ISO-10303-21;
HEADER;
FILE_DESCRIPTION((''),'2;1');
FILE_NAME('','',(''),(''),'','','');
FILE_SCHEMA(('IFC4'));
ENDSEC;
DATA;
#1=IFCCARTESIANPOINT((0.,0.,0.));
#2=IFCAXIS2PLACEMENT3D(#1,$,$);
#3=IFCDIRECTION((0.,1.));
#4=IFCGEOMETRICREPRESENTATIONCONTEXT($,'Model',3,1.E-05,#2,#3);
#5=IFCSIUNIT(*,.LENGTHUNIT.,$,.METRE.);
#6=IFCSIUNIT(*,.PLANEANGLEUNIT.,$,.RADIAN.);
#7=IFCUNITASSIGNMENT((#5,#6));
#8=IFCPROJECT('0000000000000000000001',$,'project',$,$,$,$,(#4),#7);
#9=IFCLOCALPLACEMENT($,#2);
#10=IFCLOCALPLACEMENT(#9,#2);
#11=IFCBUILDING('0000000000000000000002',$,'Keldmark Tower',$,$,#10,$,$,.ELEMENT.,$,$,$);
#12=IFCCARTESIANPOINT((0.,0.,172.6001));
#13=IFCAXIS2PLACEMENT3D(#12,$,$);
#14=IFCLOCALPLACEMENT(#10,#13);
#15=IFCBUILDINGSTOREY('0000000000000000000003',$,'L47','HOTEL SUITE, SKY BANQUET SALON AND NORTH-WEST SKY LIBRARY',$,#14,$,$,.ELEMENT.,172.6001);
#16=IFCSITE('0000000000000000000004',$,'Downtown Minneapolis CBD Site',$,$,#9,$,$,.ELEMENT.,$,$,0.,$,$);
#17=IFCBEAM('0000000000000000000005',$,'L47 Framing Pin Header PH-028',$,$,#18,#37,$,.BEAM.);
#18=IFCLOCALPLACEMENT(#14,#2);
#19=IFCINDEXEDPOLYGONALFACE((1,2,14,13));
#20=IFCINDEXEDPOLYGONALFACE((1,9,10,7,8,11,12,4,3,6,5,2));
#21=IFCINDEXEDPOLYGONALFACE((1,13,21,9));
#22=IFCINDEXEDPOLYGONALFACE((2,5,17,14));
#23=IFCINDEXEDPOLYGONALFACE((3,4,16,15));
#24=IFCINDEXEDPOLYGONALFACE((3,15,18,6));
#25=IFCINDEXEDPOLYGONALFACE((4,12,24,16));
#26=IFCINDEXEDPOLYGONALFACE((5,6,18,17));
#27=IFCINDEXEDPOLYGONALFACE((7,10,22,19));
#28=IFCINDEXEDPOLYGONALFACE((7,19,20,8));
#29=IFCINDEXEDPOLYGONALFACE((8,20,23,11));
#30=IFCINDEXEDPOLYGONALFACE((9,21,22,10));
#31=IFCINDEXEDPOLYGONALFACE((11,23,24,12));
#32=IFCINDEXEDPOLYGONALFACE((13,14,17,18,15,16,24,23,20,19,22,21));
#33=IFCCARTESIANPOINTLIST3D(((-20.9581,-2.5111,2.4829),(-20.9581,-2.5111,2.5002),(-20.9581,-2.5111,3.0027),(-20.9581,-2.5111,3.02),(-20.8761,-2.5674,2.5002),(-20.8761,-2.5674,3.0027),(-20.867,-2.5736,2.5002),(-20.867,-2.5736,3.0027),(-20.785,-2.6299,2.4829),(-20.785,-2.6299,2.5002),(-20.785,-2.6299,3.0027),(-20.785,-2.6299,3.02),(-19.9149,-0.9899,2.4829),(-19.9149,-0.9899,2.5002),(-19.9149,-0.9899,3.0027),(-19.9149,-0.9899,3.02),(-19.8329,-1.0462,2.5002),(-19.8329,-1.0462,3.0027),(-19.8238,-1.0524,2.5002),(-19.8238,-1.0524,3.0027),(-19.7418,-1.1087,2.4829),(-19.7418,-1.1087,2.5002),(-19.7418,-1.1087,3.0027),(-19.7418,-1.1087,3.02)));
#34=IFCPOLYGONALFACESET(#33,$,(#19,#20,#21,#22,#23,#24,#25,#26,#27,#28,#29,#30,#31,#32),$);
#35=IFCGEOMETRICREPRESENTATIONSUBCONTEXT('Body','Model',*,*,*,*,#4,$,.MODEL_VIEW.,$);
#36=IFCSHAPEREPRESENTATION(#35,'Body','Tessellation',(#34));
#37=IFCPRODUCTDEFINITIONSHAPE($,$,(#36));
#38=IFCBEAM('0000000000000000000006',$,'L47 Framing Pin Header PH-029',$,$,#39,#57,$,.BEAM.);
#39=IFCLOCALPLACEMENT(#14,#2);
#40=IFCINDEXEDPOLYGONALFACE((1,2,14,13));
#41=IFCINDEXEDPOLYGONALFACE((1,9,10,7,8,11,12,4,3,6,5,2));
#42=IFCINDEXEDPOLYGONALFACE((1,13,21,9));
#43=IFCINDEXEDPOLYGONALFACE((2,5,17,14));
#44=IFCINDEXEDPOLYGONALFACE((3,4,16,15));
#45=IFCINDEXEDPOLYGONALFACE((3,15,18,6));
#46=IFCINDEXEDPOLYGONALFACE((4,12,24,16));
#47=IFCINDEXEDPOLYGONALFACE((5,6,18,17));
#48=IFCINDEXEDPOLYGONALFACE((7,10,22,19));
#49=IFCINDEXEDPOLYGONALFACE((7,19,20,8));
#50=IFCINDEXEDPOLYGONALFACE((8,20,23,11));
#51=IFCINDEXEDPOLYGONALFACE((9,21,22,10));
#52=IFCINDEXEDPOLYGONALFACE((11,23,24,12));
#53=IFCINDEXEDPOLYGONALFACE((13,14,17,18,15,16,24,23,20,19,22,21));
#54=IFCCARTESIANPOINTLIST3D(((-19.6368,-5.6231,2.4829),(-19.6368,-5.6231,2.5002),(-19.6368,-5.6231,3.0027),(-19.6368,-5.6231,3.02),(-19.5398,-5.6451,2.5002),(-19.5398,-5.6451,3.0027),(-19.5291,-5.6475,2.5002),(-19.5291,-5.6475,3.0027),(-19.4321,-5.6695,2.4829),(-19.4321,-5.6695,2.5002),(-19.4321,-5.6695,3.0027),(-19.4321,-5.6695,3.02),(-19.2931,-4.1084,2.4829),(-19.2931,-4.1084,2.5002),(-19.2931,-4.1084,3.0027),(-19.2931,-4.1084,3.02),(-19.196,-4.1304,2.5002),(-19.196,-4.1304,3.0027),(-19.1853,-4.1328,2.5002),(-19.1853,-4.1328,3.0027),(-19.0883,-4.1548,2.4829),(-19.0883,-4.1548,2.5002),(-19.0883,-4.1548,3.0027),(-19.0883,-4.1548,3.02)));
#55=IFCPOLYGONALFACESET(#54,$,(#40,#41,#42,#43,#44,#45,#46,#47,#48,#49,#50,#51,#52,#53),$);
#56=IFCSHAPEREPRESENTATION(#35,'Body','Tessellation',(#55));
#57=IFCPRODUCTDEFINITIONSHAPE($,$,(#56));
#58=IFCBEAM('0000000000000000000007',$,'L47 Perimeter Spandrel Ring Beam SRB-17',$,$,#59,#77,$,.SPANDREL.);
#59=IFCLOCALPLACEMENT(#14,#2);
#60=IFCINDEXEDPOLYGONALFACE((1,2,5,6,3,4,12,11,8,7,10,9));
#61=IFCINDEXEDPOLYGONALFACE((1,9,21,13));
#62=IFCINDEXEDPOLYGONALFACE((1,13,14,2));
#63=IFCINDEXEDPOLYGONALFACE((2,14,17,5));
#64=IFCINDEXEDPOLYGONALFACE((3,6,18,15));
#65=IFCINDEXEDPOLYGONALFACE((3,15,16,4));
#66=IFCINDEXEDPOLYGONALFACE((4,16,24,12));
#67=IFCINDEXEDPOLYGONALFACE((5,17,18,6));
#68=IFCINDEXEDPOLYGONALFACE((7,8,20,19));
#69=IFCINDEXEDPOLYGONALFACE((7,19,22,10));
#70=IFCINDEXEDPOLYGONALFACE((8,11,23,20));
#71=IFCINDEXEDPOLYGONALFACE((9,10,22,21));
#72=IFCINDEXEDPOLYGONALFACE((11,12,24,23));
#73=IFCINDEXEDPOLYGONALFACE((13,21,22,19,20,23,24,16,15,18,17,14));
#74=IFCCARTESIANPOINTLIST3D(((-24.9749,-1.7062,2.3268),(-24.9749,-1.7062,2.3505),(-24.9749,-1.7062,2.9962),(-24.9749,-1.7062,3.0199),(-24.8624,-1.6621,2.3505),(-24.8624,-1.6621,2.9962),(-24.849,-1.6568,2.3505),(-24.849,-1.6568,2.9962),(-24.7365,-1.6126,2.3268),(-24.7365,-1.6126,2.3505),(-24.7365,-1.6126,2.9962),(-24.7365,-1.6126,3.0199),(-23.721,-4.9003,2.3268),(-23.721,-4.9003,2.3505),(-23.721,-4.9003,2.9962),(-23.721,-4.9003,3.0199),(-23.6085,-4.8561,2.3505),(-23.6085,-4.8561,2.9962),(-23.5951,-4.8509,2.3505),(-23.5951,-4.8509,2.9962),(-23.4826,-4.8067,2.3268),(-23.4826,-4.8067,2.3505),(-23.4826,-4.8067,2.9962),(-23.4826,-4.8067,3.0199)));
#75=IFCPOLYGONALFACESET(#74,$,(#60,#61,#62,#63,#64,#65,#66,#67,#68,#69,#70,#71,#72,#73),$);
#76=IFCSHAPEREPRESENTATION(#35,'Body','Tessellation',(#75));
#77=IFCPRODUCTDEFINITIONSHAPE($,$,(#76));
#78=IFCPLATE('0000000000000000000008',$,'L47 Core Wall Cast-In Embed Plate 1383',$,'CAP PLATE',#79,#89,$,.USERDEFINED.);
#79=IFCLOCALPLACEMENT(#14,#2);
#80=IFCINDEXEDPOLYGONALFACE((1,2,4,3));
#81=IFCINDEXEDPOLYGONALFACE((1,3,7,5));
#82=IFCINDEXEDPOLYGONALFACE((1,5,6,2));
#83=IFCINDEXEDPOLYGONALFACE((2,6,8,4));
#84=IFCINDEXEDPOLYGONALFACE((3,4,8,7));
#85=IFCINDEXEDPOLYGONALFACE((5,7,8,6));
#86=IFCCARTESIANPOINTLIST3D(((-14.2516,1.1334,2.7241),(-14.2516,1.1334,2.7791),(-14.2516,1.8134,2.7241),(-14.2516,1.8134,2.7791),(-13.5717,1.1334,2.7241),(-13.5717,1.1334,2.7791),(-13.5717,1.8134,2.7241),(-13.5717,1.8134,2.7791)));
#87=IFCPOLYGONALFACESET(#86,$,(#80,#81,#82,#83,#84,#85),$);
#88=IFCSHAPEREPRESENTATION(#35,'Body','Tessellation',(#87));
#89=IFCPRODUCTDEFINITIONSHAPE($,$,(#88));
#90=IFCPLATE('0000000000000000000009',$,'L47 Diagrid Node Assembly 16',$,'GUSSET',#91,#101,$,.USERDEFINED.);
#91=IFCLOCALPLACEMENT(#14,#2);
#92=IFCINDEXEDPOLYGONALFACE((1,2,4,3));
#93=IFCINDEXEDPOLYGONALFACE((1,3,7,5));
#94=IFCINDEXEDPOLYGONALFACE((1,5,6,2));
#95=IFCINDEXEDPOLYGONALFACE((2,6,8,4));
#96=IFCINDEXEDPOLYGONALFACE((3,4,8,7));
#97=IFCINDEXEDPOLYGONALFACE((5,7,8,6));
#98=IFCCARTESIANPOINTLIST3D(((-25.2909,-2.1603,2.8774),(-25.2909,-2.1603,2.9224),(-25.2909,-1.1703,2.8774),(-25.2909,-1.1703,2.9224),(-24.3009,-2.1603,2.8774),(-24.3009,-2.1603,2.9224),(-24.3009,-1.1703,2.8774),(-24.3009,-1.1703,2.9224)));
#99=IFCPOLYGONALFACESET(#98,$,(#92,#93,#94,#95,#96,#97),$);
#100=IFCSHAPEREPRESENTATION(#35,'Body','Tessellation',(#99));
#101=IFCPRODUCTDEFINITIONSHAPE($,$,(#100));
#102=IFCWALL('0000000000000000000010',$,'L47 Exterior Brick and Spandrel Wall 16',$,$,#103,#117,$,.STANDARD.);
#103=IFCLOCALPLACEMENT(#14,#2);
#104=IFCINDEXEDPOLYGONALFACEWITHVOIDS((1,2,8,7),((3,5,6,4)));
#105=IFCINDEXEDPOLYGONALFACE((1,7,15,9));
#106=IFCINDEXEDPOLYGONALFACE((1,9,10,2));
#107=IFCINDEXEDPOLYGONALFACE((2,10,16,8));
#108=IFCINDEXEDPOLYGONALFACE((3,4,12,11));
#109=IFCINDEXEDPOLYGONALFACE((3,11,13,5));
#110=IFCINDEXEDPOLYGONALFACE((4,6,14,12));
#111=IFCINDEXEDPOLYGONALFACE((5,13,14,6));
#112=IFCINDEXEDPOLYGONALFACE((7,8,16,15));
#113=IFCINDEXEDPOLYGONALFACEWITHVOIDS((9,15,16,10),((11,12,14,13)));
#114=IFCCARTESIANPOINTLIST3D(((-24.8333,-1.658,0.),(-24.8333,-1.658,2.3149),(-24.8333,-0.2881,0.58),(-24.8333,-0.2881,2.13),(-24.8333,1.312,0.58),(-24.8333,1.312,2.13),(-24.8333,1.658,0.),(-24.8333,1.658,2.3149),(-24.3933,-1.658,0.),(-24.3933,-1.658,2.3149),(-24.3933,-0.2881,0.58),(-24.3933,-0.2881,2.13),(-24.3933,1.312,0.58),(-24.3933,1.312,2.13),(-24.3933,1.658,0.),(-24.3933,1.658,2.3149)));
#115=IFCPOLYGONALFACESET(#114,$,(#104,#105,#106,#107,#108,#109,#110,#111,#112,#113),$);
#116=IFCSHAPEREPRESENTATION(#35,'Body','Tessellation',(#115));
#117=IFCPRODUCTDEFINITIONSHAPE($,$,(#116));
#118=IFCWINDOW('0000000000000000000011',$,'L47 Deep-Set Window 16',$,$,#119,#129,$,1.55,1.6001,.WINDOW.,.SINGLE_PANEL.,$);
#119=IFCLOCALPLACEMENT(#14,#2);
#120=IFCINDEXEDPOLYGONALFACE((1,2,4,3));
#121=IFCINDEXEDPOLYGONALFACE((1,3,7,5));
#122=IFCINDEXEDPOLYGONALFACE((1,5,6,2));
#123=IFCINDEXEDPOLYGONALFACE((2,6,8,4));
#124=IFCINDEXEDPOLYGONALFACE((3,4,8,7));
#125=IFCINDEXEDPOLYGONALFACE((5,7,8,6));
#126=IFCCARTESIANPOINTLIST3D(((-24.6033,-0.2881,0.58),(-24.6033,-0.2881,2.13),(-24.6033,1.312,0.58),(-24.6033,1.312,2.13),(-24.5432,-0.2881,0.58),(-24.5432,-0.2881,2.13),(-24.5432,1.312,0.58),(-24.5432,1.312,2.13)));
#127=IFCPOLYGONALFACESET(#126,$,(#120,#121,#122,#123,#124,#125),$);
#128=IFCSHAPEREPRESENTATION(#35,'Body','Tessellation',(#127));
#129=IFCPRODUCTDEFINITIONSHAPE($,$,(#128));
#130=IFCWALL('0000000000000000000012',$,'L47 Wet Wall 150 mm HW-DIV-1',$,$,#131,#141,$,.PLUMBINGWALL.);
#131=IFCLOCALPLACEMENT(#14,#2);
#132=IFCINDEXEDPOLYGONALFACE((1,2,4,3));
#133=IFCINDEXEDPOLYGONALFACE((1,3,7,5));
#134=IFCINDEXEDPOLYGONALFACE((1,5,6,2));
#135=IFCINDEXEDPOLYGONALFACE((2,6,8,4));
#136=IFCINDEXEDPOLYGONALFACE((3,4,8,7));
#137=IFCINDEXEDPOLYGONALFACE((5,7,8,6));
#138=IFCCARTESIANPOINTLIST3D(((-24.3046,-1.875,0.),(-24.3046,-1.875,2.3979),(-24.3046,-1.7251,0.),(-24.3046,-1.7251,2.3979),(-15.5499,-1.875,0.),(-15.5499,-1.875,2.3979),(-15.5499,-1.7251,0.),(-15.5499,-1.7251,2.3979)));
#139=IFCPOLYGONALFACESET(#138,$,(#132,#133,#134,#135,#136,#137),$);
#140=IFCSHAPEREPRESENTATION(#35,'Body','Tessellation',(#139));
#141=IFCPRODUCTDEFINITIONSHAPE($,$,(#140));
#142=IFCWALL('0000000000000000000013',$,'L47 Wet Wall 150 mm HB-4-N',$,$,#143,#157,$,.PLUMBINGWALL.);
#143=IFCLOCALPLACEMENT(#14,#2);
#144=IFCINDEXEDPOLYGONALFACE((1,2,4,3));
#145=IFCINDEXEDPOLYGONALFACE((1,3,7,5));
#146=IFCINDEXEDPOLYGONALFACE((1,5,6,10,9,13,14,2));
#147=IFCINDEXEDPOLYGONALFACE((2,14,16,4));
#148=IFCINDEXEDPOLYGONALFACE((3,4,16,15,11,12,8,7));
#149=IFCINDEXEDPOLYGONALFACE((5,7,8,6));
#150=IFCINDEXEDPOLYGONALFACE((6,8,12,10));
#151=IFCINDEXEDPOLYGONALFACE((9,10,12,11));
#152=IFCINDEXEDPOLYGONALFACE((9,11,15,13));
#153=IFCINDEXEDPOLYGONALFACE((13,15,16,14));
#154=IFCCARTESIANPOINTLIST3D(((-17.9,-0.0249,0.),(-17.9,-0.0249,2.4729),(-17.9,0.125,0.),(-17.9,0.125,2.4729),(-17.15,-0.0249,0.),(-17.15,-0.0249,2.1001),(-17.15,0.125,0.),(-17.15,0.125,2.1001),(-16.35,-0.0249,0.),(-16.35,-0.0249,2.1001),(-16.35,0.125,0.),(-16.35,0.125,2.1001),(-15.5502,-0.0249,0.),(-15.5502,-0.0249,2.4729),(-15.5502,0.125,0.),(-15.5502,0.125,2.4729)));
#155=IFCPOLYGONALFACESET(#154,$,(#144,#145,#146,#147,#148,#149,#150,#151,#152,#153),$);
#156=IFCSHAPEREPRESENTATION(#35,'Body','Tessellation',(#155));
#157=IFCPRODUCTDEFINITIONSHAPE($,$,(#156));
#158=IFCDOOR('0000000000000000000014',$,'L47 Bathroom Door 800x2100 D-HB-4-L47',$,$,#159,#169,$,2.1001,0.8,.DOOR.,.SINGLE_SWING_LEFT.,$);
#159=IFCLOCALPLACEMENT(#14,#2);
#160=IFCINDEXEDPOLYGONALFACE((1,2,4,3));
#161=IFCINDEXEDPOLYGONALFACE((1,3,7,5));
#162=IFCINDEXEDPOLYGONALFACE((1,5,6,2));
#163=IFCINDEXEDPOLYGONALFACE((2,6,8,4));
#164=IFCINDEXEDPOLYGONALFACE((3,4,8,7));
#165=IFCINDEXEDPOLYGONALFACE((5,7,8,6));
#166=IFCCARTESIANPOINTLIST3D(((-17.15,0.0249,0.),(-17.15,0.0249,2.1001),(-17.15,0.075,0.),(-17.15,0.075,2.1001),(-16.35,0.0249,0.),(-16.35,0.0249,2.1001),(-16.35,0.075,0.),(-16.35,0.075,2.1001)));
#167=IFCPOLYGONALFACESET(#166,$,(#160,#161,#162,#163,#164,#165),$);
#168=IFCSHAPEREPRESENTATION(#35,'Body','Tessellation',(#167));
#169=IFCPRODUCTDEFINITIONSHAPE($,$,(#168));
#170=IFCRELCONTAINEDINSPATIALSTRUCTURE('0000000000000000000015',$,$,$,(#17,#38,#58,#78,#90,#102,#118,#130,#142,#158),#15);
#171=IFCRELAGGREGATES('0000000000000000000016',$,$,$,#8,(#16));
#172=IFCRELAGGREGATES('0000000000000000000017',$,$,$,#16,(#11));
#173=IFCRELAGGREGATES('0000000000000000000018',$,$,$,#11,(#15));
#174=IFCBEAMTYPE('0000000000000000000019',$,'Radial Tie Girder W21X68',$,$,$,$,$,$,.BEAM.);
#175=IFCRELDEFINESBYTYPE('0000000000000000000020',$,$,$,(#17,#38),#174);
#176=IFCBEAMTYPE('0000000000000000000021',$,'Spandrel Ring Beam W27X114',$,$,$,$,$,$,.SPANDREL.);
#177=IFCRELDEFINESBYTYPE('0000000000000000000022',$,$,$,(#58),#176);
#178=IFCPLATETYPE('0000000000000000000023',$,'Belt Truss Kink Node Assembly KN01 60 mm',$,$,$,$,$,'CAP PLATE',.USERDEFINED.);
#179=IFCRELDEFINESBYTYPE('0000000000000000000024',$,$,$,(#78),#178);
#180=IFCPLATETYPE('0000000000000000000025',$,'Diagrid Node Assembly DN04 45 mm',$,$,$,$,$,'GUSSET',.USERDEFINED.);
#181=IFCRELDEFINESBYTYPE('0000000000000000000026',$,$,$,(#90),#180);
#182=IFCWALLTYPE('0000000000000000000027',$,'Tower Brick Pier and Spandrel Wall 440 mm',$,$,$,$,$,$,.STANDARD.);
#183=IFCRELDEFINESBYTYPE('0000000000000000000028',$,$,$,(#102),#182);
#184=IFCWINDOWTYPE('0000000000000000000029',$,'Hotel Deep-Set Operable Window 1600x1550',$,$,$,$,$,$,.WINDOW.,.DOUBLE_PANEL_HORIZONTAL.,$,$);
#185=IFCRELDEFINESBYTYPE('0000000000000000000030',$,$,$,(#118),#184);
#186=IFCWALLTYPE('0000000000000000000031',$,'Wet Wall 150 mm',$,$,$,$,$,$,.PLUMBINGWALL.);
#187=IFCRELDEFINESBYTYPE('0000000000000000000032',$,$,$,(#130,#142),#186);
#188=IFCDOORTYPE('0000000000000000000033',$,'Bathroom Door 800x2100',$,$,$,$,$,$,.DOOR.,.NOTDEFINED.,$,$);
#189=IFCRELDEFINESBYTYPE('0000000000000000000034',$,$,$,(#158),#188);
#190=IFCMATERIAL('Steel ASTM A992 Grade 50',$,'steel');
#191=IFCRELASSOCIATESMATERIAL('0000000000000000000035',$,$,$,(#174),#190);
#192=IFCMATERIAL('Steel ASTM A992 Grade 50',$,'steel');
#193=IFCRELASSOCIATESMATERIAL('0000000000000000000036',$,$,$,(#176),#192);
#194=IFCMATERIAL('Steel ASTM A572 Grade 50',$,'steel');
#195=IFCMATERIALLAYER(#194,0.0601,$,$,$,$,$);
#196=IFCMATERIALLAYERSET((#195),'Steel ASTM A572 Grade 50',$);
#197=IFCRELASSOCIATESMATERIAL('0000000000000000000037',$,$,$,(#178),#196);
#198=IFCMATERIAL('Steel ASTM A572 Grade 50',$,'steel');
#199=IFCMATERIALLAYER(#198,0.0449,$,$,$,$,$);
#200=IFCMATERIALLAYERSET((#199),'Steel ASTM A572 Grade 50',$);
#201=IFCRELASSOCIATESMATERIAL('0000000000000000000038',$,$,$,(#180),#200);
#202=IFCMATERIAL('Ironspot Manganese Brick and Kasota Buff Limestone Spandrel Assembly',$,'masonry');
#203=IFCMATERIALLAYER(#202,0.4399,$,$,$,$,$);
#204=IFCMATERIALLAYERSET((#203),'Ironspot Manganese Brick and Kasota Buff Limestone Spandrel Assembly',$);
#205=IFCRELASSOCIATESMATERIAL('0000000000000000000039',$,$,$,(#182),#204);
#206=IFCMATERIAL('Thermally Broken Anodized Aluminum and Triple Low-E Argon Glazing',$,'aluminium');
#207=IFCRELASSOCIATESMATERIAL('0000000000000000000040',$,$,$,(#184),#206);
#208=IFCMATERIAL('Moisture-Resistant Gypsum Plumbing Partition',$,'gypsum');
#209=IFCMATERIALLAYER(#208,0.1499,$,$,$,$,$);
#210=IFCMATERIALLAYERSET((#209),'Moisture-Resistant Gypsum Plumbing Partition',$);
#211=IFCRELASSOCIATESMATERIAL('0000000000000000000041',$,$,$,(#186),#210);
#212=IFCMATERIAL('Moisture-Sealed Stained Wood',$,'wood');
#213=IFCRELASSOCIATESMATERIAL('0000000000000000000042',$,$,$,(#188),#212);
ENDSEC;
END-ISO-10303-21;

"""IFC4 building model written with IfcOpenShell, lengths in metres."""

from ifc_helpers import new_model, si_unit, direction, frame, frame_2d, origin, origin_2d, place, context, subcontext, project, spatial, rectangle, i_section, extrude, material, layer, layer_set, material_profile, profile_set, type_object, element, fill, save


model = new_model("IFC4")

# Units and contexts
model_context = context("Model", 3, precision=1e-05, world=origin(), true_north=direction((0.0, 1.0)))
body_context = subcontext(model_context, "Body", "Model", "MODEL_VIEW")
ifc_project = project(units=[si_unit("LENGTHUNIT", "METRE"), si_unit("PLANEANGLEUNIT", "RADIAN")], contexts=[model_context])

# Site, building, storey
site_placement = place(None, origin())
site = spatial("IfcSite", under=ifc_project, at=site_placement, Name="Downtown Minneapolis CBD Site", CompositionType="ELEMENT", RefElevation=0.0)
building_placement = place(site_placement, origin())
building = spatial("IfcBuilding", under=site, at=building_placement, Name="Keldmark Tower", CompositionType="ELEMENT")
storey_placement = place(building_placement, frame((0.0, 0.0, 172.6001)))
storey = spatial("IfcBuildingStorey", under=building, at=storey_placement, Name="L47", Description="HOTEL SUITE, SKY BANQUET SALON AND NORTH-WEST SKY LIBRARY", CompositionType="ELEMENT", Elevation=172.6001)

# Beams
ifc_material_1 = material(Name="Steel ASTM A992 Grade 50", Category="steel")
ifc_material_profile_1 = material_profile(ifc_material_1, i_section(OverallWidth=0.21, OverallDepth=0.5371, WebThickness=0.011, FlangeThickness=0.0173, at=origin_2d()), Name="W21X68")
ifc_profile_set_1 = profile_set([ifc_material_profile_1], Name="Steel ASTM A992 Grade 50")
beam_type_1 = type_object("IfcBeamType", Name="Radial Tie Girder W21X68", PredefinedType="BEAM", material=ifc_profile_set_1)
beam_1_placement = place(storey_placement, frame((-19.8284, -1.0493, 2.7515), z_axis=(-0.565557, -0.824709, 0.0), x_axis=(0.824709, -0.565557, 0.0)))
element("IfcBeam", 1, at=beam_1_placement, inside=storey, type_object=beam_type_1, Name="L47 Framing Pin Header PH-028", PredefinedType="BEAM", context=body_context, shape_type="SweptSolid", body=[
    extrude(i_section(OverallWidth=0.21, OverallDepth=0.5371, WebThickness=0.011, FlangeThickness=0.0173, at=origin_2d()), origin(), (0.0, 0.0, 1.0), 1.8445),
])
beam_2_placement = place(storey_placement, frame((-19.1907, -4.1316, 2.7515), z_axis=(-0.221322, -0.975201, 0.0), x_axis=(0.975201, -0.221322, 0.0)))
element("IfcBeam", 2, at=beam_2_placement, inside=storey, type_object=beam_type_1, Name="L47 Framing Pin Header PH-029", PredefinedType="BEAM", context=body_context, shape_type="SweptSolid", body=[
    extrude(i_section(OverallWidth=0.21, OverallDepth=0.5371, WebThickness=0.011, FlangeThickness=0.0173, at=origin_2d()), origin(), (0.0, 0.0, 1.0), 1.5532),
])
ifc_material_2 = material(Name="Steel ASTM A992 Grade 50", Category="steel")
ifc_material_profile_2 = material_profile(ifc_material_2, i_section(OverallWidth=0.2561, OverallDepth=0.6931, WebThickness=0.0144, FlangeThickness=0.0237, at=origin_2d()), Name="W27X114")
ifc_profile_set_2 = profile_set([ifc_material_profile_2], Name="Steel ASTM A992 Grade 50")
beam_type_2 = type_object("IfcBeamType", Name="Spandrel Ring Beam W27X114", PredefinedType="SPANDREL", material=ifc_profile_set_2)
beam_3_placement = place(storey_placement, frame((-24.8557, -1.6594, 2.6733), z_axis=(0.365421, -0.930842, 0.0), x_axis=(0.930842, 0.365421, 0.0)))
element("IfcBeam", 3, at=beam_3_placement, inside=storey, type_object=beam_type_2, Name="L47 Perimeter Spandrel Ring Beam SRB-17", PredefinedType="SPANDREL", context=body_context, shape_type="SweptSolid", body=[
    extrude(i_section(OverallWidth=0.2561, OverallDepth=0.6931, WebThickness=0.0144, FlangeThickness=0.0237, at=origin_2d()), origin(), (0.0, 0.0, 1.0), 3.4314),
])

# Plates
ifc_material_3 = material(Name="Steel ASTM A572 Grade 50", Category="steel")
ifc_layer_1 = layer(ifc_material_3, 0.0601)
ifc_layer_set_1 = layer_set([ifc_layer_1], Name="Steel ASTM A572 Grade 50")
plate_type_1 = type_object("IfcPlateType", Name="Belt Truss Kink Node Assembly KN01 60 mm", ElementType="CAP PLATE", PredefinedType="USERDEFINED", material=ifc_layer_set_1)
plate_1_placement = place(storey_placement, frame((-13.9116, 1.4734, 2.7241), z_axis=(0.0, 0.0, 1.0), x_axis=(1.0, 0.0, 0.0)))
element("IfcPlate", 4, at=plate_1_placement, inside=storey, type_object=plate_type_1, Name="L47 Core Wall Cast-In Embed Plate 1383", ObjectType="CAP PLATE", PredefinedType="USERDEFINED", context=body_context, shape_type="SweptSolid", body=[
    extrude(rectangle(XDim=0.6799, YDim=0.6799, at=origin_2d()), origin(), (0.0, 0.0, 1.0), 0.0549),
])
ifc_material_4 = material(Name="Steel ASTM A572 Grade 50", Category="steel")
ifc_layer_2 = layer(ifc_material_4, 0.0449)
ifc_layer_set_2 = layer_set([ifc_layer_2], Name="Steel ASTM A572 Grade 50")
plate_type_2 = type_object("IfcPlateType", Name="Diagrid Node Assembly DN04 45 mm", ElementType="GUSSET", PredefinedType="USERDEFINED", material=ifc_layer_set_2)
plate_2_placement = place(storey_placement, frame((-24.7959, -1.6653, 2.8774), z_axis=(0.0, 0.0, 1.0), x_axis=(0.0, -1.0, 0.0)))
element("IfcPlate", 5, at=plate_2_placement, inside=storey, type_object=plate_type_2, Name="L47 Diagrid Node Assembly 16", ObjectType="GUSSET", PredefinedType="USERDEFINED", context=body_context, shape_type="SweptSolid", body=[
    extrude(rectangle(XDim=0.99, YDim=0.99, at=origin_2d()), origin(), (0.0, 0.0, 1.0), 0.0449),
])

# Wall, opening, window
ifc_material_5 = material(Name="Ironspot Manganese Brick and Kasota Buff Limestone Spandrel Assembly", Category="masonry")
ifc_layer_3 = layer(ifc_material_5, 0.4399)
ifc_layer_set_3 = layer_set([ifc_layer_3], Name="Ironspot Manganese Brick and Kasota Buff Limestone Spandrel Assembly")
wall_type_1 = type_object("IfcWallType", Name="Tower Brick Pier and Spandrel Wall 440 mm", PredefinedType="STANDARD", material=ifc_layer_set_3)
wall_1_placement = place(storey_placement, frame((-24.6133, -1.658, 0.0), z_axis=(0.0, 0.0, 1.0), x_axis=(0.0, 1.0, 0.0)))
wall_1 = element("IfcWall", 6, at=wall_1_placement, inside=storey, type_object=wall_type_1, Name="L47 Exterior Brick and Spandrel Wall 16", PredefinedType="STANDARD", context=body_context, shape_type="SweptSolid", body=[
    extrude(rectangle(XDim=3.3159, YDim=0.4399, at=frame_2d((1.658, 0.0))), origin(), (0.0, 0.0, 1.0), 2.3149),
])
opening_1_placement = place(wall_1_placement, frame((1.3699, 0.0, 0.5801)))
opening_1 = element("IfcOpeningElement", 7, at=opening_1_placement, cuts=wall_1, PredefinedType="OPENING", context=body_context, shape_type="SweptSolid", body=[
    extrude(rectangle(XDim=1.6001, YDim=1.55, at=frame_2d((0.8, 0.7749))), frame((0.0, 0.23, 0.0), z_axis=(0.0, -1.0, 0.0), x_axis=(1.0, 0.0, 0.0)), (0.0, 0.0, 1.0), 0.46),
])
ifc_material_6 = material(Name="Thermally Broken Anodized Aluminum and Triple Low-E Argon Glazing", Category="aluminium")
window_type = type_object("IfcWindowType", Name="Hotel Deep-Set Operable Window 1600x1550", PartitioningType="DOUBLE_PANEL_HORIZONTAL", PredefinedType="WINDOW", material=ifc_material_6)
window_placement = place(opening_1_placement, origin())
window = element("IfcWindow", 8, at=window_placement, inside=storey, type_object=window_type, Name="L47 Deep-Set Window 16", OverallHeight=1.55, OverallWidth=1.6001, PartitioningType="SINGLE_PANEL", PredefinedType="WINDOW", context=body_context, shape_type="SweptSolid", body=[
    extrude(rectangle(XDim=1.6001, YDim=1.55, at=frame_2d((0.8, 0.7749))), frame((0.0, -0.01, 0.0), z_axis=(0.0, -1.0, 0.0), x_axis=(1.0, 0.0, 0.0)), (0.0, 0.0, 1.0), 0.0601),
])
fill(opening_1, window)

# Wall
ifc_material_7 = material(Name="Moisture-Resistant Gypsum Plumbing Partition", Category="gypsum")
ifc_layer_4 = layer(ifc_material_7, 0.1499)
ifc_layer_set_4 = layer_set([ifc_layer_4], Name="Moisture-Resistant Gypsum Plumbing Partition")
wall_type_2 = type_object("IfcWallType", Name="Wet Wall 150 mm", PredefinedType="PLUMBINGWALL", material=ifc_layer_set_4)
wall_2_placement = place(storey_placement, frame((-24.3047, -1.8, 0.0), z_axis=(0.0, 0.0, 1.0), x_axis=(1.0, 0.0, 0.0)))
element("IfcWall", 9, at=wall_2_placement, inside=storey, type_object=wall_type_2, Name="L47 Wet Wall 150 mm HW-DIV-1", PredefinedType="PLUMBINGWALL", context=body_context, shape_type="SweptSolid", body=[
    extrude(rectangle(XDim=8.7546, YDim=0.1499, at=frame_2d((4.3774, 0.0))), origin(), (0.0, 0.0, 1.0), 2.3979),
])

# Wall, opening, door
wall_3_placement = place(storey_placement, frame((-17.8999, 0.05, 0.0), z_axis=(0.0, 0.0, 1.0), x_axis=(1.0, 0.0, 0.0)))
wall_3 = element("IfcWall", 10, at=wall_3_placement, inside=storey, type_object=wall_type_2, Name="L47 Wet Wall 150 mm HB-4-N", PredefinedType="PLUMBINGWALL", context=body_context, shape_type="SweptSolid", body=[
    extrude(rectangle(XDim=2.3499, YDim=0.1499, at=frame_2d((1.1748, 0.0))), origin(), (0.0, 0.0, 1.0), 2.4729),
])
opening_2_placement = place(wall_3_placement, frame((0.75, 0.0, 0.0)))
opening_2 = element("IfcOpeningElement", 11, at=opening_2_placement, cuts=wall_3, PredefinedType="OPENING", context=body_context, shape_type="SweptSolid", body=[
    extrude(rectangle(XDim=0.8, YDim=2.1001, at=frame_2d((0.3999, 1.05))), frame((0.0, 0.085, 0.0), z_axis=(0.0, -1.0, 0.0), x_axis=(1.0, 0.0, 0.0)), (0.0, 0.0, 1.0), 0.1699),
])
ifc_material_8 = material(Name="Moisture-Sealed Stained Wood", Category="wood")
door_type = type_object("IfcDoorType", Name="Bathroom Door 800x2100", OperationType="NOTDEFINED", PredefinedType="DOOR", material=ifc_material_8)
door_placement = place(opening_2_placement, origin())
door = element("IfcDoor", 12, at=door_placement, inside=storey, type_object=door_type, Name="L47 Bathroom Door 800x2100 D-HB-4-L47", OperationType="SINGLE_SWING_LEFT", OverallHeight=2.1001, OverallWidth=0.8, PredefinedType="DOOR", context=body_context, shape_type="SweptSolid", body=[
    extrude(rectangle(XDim=0.8, YDim=2.1001, at=frame_2d((0.3999, 1.05))), frame((0.0, 0.0249, 0.0), z_axis=(0.0, -1.0, 0.0), x_axis=(1.0, 0.0, 0.0)), (0.0, 0.0, 1.0), 0.05),
])
fill(opening_2, door)

save(model, "model.ifc")
